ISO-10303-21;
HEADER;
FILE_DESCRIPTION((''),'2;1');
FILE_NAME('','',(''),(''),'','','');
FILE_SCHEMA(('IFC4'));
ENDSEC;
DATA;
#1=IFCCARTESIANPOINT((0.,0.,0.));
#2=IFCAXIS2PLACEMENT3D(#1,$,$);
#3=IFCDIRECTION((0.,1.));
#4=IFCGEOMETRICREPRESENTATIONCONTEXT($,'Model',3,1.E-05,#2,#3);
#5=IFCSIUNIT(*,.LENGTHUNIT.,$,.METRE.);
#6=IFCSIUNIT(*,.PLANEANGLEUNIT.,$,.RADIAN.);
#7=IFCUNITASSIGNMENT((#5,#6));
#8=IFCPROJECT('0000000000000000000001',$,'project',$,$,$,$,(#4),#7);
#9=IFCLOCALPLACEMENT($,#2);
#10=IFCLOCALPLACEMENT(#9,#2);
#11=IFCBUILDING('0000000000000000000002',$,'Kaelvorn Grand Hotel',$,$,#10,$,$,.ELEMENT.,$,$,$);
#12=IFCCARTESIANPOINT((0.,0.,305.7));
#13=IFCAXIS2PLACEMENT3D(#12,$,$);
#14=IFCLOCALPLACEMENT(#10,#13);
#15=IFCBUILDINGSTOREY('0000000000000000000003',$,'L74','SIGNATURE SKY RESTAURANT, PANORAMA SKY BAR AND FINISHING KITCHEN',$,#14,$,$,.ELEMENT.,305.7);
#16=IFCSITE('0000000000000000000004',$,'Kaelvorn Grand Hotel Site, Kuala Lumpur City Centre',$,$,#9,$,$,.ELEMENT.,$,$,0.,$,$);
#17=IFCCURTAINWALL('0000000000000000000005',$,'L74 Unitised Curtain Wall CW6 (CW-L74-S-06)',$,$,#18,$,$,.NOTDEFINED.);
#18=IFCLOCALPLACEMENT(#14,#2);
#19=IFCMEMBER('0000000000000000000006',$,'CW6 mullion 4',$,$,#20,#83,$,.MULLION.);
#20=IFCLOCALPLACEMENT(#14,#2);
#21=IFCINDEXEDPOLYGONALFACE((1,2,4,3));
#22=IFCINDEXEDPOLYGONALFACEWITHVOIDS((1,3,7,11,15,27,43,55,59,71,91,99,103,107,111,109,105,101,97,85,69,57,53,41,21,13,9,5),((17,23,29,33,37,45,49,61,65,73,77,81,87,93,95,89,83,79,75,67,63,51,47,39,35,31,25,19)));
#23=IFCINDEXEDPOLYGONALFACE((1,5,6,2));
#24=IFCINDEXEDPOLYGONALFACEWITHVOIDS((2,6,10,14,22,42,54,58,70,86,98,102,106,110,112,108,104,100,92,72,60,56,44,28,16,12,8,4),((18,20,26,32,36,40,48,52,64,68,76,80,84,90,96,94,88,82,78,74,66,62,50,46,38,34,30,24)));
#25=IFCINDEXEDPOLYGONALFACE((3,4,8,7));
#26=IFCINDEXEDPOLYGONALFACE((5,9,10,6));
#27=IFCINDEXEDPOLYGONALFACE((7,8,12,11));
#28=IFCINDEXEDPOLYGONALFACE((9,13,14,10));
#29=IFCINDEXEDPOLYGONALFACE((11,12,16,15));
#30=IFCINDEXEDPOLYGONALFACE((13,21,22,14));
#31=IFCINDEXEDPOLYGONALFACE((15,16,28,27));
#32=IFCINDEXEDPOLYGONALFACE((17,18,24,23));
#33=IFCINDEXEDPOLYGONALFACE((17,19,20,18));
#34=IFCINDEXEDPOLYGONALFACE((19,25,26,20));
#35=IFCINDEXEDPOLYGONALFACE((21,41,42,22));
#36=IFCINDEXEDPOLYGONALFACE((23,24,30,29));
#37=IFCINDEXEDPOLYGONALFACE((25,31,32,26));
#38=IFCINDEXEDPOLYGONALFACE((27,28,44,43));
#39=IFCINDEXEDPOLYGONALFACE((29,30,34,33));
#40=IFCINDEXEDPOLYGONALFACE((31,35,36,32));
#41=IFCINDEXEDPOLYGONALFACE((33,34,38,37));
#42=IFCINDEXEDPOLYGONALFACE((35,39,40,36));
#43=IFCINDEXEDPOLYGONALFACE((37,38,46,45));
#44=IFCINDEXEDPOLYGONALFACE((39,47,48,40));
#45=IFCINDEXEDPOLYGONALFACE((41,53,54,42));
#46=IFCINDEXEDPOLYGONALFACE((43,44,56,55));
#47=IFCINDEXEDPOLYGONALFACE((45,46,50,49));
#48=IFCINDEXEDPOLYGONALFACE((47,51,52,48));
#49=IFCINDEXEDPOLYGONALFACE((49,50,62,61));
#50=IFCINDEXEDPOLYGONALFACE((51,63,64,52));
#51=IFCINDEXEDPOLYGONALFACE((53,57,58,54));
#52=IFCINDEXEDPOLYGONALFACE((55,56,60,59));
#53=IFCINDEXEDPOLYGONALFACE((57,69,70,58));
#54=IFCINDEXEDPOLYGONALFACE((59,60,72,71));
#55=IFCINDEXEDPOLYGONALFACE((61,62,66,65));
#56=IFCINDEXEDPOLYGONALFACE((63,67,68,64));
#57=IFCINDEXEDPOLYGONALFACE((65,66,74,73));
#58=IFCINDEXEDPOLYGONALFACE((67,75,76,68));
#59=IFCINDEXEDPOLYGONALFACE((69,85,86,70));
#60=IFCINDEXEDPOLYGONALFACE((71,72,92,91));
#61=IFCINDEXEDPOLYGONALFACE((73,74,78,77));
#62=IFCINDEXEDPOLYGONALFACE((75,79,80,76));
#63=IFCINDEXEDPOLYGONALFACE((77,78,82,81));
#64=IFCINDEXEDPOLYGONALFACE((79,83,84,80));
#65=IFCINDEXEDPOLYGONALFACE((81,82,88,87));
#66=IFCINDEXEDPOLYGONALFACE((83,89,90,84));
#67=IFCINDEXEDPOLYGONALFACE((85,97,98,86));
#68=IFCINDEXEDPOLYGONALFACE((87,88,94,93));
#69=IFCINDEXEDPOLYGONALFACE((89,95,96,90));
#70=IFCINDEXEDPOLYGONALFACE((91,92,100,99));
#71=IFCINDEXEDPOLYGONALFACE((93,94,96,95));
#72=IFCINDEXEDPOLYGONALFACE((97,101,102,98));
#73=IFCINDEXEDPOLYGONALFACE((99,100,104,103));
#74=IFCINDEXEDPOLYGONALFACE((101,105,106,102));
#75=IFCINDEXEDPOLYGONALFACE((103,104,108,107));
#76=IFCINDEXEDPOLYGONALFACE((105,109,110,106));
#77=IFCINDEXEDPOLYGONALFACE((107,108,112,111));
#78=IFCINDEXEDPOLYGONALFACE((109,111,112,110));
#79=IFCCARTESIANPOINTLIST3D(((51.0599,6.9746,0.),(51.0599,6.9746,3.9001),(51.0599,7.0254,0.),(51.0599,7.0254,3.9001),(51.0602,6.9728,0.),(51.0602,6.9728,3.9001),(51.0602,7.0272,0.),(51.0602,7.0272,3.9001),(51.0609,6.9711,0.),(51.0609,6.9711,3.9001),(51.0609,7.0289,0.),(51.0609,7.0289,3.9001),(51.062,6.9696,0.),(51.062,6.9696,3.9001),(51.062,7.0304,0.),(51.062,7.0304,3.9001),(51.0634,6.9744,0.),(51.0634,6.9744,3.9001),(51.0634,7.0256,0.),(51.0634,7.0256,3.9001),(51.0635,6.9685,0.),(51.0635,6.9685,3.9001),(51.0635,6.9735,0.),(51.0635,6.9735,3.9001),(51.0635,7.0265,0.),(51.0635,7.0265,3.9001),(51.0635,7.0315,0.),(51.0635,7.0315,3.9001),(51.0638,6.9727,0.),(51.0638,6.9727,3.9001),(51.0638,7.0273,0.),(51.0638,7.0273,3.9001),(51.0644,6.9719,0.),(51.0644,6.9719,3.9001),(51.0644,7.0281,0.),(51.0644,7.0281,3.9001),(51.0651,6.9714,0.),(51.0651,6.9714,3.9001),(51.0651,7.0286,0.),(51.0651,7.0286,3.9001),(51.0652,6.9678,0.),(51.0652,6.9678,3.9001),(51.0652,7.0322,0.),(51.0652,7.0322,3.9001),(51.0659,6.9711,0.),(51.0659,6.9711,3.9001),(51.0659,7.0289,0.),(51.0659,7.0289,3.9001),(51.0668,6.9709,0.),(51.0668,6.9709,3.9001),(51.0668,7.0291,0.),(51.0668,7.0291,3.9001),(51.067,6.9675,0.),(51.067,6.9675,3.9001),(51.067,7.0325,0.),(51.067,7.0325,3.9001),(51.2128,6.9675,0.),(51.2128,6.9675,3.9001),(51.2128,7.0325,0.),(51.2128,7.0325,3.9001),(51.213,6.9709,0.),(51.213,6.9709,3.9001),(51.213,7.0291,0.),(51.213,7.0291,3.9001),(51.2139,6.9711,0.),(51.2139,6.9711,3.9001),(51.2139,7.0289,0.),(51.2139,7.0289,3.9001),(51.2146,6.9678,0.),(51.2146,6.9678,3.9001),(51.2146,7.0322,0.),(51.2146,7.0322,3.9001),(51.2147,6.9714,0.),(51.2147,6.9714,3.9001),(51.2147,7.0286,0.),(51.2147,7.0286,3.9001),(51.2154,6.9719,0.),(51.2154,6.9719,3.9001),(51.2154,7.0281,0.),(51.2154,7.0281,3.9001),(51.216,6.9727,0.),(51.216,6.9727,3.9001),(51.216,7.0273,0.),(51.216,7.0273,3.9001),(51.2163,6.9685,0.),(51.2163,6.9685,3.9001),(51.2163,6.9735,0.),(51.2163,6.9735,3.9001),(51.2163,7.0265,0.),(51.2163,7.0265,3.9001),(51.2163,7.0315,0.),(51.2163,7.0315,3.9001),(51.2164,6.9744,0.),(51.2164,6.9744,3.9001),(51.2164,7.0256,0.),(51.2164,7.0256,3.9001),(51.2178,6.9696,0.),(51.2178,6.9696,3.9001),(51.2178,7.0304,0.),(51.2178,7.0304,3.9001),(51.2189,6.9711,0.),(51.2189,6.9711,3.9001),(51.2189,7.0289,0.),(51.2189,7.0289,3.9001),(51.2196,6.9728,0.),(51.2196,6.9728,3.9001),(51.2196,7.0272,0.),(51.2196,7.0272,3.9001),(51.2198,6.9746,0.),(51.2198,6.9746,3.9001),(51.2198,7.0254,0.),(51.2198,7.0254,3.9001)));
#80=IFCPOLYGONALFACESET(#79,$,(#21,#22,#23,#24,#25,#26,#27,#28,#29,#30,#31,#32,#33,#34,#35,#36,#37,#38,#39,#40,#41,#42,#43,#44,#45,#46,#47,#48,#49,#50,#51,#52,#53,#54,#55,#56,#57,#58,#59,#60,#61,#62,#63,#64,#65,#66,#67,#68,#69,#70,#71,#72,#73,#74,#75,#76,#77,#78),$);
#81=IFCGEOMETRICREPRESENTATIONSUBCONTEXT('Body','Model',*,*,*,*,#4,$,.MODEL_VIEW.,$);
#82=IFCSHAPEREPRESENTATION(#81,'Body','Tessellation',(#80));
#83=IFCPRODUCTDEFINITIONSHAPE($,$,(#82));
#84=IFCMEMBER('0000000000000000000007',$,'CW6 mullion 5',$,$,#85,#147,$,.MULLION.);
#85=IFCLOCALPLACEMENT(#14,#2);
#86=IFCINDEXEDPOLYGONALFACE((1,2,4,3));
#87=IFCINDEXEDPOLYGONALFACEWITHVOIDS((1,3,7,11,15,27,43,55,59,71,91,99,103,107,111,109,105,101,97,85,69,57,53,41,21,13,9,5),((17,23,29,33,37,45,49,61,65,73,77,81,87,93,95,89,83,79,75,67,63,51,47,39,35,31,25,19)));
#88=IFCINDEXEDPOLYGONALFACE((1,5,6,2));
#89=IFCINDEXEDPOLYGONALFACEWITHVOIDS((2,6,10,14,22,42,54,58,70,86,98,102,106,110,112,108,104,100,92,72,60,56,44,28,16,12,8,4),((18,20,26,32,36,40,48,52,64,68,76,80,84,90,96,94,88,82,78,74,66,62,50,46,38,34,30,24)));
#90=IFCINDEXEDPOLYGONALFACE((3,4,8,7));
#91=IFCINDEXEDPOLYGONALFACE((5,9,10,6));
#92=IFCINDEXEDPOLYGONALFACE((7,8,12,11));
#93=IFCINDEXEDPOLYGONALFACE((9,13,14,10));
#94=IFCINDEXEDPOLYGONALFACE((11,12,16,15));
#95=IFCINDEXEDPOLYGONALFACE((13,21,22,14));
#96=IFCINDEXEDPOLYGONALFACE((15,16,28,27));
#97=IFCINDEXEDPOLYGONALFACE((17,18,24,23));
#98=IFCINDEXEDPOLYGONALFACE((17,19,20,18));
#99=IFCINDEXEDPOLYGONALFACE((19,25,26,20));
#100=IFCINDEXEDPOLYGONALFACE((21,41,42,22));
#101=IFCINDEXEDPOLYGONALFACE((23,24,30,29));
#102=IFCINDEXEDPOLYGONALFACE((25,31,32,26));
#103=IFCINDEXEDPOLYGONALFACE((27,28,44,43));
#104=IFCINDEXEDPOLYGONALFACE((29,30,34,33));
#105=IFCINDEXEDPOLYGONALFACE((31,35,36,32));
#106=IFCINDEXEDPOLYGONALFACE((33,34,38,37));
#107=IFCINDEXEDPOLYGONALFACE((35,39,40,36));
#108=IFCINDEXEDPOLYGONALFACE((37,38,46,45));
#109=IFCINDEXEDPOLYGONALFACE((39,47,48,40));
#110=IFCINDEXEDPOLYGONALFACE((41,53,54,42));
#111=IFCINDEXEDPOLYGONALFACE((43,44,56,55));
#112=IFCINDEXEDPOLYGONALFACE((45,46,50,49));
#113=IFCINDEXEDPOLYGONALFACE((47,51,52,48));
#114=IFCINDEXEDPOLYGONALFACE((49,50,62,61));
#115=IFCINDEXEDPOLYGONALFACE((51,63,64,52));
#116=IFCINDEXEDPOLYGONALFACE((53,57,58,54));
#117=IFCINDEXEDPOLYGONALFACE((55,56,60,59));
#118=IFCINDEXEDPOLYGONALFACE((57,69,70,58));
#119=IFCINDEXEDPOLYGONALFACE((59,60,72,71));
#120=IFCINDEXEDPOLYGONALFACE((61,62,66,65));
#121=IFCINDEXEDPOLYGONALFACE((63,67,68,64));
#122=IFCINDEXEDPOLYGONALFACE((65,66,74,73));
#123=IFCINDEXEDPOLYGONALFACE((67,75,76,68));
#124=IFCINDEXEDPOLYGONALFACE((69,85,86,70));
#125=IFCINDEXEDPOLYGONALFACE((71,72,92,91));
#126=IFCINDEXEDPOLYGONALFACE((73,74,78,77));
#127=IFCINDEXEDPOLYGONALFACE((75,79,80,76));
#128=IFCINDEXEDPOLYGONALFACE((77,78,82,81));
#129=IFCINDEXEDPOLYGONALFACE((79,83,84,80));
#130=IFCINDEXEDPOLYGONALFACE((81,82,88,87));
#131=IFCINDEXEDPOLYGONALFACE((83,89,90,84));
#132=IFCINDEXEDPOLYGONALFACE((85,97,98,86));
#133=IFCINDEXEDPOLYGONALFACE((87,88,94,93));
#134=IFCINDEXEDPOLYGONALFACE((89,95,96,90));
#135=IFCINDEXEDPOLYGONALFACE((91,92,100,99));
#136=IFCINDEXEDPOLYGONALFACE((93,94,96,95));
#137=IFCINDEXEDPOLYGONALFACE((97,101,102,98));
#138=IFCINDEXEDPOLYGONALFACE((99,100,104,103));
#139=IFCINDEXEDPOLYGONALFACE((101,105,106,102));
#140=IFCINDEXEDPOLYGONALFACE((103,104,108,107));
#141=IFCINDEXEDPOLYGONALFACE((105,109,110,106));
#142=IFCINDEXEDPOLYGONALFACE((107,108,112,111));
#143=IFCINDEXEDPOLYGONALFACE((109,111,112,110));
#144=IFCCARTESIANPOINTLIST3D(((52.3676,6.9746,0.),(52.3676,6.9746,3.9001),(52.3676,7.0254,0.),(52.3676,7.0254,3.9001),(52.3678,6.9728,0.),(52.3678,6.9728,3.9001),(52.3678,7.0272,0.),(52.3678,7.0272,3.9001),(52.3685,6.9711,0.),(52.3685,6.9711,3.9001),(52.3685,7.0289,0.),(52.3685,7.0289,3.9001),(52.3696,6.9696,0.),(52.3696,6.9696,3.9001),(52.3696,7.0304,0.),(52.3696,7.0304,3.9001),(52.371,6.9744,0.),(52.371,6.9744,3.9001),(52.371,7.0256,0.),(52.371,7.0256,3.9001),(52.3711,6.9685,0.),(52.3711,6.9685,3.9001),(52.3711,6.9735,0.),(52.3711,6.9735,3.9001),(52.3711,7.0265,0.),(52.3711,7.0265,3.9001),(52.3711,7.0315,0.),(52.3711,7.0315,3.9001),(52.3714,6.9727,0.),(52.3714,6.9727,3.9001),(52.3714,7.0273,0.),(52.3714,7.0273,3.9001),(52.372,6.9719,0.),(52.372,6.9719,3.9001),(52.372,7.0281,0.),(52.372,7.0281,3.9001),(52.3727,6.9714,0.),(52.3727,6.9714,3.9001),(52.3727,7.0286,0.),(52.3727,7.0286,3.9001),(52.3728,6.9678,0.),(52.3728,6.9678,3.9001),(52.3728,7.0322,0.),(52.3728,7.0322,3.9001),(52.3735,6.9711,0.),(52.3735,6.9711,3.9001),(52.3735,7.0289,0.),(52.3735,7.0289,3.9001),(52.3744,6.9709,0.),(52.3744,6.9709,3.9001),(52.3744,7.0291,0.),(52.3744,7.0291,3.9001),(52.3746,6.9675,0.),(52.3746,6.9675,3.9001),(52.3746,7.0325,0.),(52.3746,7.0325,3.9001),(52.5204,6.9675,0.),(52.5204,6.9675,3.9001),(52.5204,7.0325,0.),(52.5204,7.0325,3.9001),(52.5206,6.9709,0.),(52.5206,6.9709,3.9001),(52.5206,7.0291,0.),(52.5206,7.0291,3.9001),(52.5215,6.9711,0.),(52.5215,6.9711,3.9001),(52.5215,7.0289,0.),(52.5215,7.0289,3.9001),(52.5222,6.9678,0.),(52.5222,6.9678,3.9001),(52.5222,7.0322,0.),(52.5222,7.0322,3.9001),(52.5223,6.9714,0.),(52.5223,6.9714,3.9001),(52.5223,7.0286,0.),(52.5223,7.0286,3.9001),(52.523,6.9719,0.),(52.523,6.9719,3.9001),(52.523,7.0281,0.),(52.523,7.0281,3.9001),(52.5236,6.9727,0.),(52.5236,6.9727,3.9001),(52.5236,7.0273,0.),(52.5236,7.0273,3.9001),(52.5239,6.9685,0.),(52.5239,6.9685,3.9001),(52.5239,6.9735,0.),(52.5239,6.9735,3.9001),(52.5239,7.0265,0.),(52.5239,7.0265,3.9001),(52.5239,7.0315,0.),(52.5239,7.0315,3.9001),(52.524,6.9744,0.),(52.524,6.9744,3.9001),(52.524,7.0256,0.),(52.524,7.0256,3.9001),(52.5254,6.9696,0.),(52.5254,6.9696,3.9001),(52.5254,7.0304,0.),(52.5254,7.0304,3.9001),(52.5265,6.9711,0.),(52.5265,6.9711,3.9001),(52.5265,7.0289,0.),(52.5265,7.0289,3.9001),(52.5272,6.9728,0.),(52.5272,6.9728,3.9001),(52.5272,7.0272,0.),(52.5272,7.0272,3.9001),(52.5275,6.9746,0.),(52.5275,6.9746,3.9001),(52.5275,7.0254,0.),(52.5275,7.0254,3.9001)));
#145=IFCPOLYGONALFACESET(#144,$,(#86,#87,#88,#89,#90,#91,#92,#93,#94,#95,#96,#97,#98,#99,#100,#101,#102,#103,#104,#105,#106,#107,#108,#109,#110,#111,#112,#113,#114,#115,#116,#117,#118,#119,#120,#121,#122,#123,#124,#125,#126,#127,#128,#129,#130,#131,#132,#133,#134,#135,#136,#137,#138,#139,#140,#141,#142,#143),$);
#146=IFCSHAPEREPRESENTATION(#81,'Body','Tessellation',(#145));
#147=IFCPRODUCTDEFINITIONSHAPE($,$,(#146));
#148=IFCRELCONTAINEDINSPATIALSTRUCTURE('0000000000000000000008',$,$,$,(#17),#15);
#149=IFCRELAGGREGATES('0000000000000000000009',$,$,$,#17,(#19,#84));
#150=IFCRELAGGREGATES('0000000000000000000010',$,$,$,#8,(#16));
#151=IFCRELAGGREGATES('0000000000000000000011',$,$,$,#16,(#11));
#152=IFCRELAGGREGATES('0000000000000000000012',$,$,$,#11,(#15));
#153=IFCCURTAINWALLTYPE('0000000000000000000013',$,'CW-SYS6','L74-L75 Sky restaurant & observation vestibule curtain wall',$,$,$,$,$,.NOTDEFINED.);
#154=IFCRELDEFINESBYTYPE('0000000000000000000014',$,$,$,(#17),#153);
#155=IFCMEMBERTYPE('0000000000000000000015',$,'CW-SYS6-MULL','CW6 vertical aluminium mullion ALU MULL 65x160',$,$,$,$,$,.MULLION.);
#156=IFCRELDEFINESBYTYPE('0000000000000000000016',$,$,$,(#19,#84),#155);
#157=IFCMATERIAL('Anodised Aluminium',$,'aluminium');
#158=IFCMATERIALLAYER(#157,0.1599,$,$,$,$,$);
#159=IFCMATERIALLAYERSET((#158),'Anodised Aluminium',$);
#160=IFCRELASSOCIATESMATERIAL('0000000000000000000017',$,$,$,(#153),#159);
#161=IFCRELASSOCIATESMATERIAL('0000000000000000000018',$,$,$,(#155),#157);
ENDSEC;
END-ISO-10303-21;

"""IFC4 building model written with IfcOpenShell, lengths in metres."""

from ifc_helpers import new_model, si_unit, direction, frame, origin, origin_2d, place, context, subcontext, project, spatial, hollow_rectangle, extrude, material, layer, layer_set, material_profile, profile_set, type_object, element, aggregate, save


model = new_model("IFC4")

# Units and contexts
model_context = context("Model", 3, precision=1e-05, world=origin(), true_north=direction((0.0, 1.0)))
body_context = subcontext(model_context, "Body", "Model", "MODEL_VIEW")
ifc_project = project(units=[si_unit("LENGTHUNIT", "METRE"), si_unit("PLANEANGLEUNIT", "RADIAN")], contexts=[model_context])

# Site, building, storey
site_placement = place(None, origin())
site = spatial("IfcSite", under=ifc_project, at=site_placement, Name="Kaelvorn Grand Hotel Site, Kuala Lumpur City Centre", CompositionType="ELEMENT", RefElevation=0.0)
building_placement = place(site_placement, origin())
building = spatial("IfcBuilding", under=site, at=building_placement, Name="Kaelvorn Grand Hotel", CompositionType="ELEMENT")
storey_placement = place(building_placement, frame((0.0, 0.0, 305.7)))
storey = spatial("IfcBuildingStorey", under=building, at=storey_placement, Name="L74", Description="SIGNATURE SKY RESTAURANT, PANORAMA SKY BAR AND FINISHING KITCHEN", CompositionType="ELEMENT", Elevation=305.7)

# Curtain wall, members
ifc_material_1 = material(Name="Anodised Aluminium", Category="aluminium")
ifc_layer_1 = layer(ifc_material_1, 0.1599)
ifc_layer_set_1 = layer_set([ifc_layer_1], Name="Anodised Aluminium")
curtain_wall_type = type_object("IfcCurtainWallType", Name="CW-SYS6", Description="L74-L75 Sky restaurant & observation vestibule curtain wall", PredefinedType="NOTDEFINED", material=ifc_layer_set_1)
curtain_wall_1_placement = place(storey_placement, origin())
curtain_wall_1 = element("IfcCurtainWall", 1, at=curtain_wall_1_placement, inside=storey, type_object=curtain_wall_type, Name="L74 Unitised Curtain Wall CW6 (CW-L74-S-06)", PredefinedType="NOTDEFINED")
ifc_material_profile_1 = material_profile(ifc_material_1, hollow_rectangle(XDim=0.0649, YDim=0.1599, WallThickness=0.0034, InnerFilletRadius=0.0034, OuterFilletRadius=0.0071, at=origin_2d()), Name="ALU MULL 65x160")
ifc_profile_set_1 = profile_set([ifc_material_profile_1], Name="Anodised Aluminium")
member_type_1 = type_object("IfcMemberType", Name="CW-SYS6-MULL", Description="CW6 vertical aluminium mullion ALU MULL 65x160", PredefinedType="MULLION", material=ifc_profile_set_1)
member_1_placement = place(storey_placement, frame((51.1399, 7.0, 0.0), z_axis=(0.0, 0.0, 1.0), x_axis=(0.0, 1.0, 0.0)))
member_1 = element("IfcMember", 2, at=member_1_placement, type_object=member_type_1, Name="CW6 mullion 4", PredefinedType="MULLION", context=body_context, shape_type="SweptSolid", body=[
    extrude(hollow_rectangle(XDim=0.0649, YDim=0.1599, WallThickness=0.0034, InnerFilletRadius=0.0034, OuterFilletRadius=0.0071, at=origin_2d()), origin(), (0.0, 0.0, 1.0), 3.9001),
])
member_2_placement = place(storey_placement, frame((52.4475, 7.0, 0.0), z_axis=(0.0, 0.0, 1.0), x_axis=(0.0, 1.0, 0.0)))
member_2 = element("IfcMember", 3, at=member_2_placement, type_object=member_type_1, Name="CW6 mullion 5", PredefinedType="MULLION", context=body_context, shape_type="SweptSolid", body=[
    extrude(hollow_rectangle(XDim=0.0649, YDim=0.1599, WallThickness=0.0034, InnerFilletRadius=0.0034, OuterFilletRadius=0.0071, at=origin_2d()), origin(), (0.0, 0.0, 1.0), 3.9001),
])

aggregate(curtain_wall_1, [member_1, member_2])

save(model, "model.ifc")
